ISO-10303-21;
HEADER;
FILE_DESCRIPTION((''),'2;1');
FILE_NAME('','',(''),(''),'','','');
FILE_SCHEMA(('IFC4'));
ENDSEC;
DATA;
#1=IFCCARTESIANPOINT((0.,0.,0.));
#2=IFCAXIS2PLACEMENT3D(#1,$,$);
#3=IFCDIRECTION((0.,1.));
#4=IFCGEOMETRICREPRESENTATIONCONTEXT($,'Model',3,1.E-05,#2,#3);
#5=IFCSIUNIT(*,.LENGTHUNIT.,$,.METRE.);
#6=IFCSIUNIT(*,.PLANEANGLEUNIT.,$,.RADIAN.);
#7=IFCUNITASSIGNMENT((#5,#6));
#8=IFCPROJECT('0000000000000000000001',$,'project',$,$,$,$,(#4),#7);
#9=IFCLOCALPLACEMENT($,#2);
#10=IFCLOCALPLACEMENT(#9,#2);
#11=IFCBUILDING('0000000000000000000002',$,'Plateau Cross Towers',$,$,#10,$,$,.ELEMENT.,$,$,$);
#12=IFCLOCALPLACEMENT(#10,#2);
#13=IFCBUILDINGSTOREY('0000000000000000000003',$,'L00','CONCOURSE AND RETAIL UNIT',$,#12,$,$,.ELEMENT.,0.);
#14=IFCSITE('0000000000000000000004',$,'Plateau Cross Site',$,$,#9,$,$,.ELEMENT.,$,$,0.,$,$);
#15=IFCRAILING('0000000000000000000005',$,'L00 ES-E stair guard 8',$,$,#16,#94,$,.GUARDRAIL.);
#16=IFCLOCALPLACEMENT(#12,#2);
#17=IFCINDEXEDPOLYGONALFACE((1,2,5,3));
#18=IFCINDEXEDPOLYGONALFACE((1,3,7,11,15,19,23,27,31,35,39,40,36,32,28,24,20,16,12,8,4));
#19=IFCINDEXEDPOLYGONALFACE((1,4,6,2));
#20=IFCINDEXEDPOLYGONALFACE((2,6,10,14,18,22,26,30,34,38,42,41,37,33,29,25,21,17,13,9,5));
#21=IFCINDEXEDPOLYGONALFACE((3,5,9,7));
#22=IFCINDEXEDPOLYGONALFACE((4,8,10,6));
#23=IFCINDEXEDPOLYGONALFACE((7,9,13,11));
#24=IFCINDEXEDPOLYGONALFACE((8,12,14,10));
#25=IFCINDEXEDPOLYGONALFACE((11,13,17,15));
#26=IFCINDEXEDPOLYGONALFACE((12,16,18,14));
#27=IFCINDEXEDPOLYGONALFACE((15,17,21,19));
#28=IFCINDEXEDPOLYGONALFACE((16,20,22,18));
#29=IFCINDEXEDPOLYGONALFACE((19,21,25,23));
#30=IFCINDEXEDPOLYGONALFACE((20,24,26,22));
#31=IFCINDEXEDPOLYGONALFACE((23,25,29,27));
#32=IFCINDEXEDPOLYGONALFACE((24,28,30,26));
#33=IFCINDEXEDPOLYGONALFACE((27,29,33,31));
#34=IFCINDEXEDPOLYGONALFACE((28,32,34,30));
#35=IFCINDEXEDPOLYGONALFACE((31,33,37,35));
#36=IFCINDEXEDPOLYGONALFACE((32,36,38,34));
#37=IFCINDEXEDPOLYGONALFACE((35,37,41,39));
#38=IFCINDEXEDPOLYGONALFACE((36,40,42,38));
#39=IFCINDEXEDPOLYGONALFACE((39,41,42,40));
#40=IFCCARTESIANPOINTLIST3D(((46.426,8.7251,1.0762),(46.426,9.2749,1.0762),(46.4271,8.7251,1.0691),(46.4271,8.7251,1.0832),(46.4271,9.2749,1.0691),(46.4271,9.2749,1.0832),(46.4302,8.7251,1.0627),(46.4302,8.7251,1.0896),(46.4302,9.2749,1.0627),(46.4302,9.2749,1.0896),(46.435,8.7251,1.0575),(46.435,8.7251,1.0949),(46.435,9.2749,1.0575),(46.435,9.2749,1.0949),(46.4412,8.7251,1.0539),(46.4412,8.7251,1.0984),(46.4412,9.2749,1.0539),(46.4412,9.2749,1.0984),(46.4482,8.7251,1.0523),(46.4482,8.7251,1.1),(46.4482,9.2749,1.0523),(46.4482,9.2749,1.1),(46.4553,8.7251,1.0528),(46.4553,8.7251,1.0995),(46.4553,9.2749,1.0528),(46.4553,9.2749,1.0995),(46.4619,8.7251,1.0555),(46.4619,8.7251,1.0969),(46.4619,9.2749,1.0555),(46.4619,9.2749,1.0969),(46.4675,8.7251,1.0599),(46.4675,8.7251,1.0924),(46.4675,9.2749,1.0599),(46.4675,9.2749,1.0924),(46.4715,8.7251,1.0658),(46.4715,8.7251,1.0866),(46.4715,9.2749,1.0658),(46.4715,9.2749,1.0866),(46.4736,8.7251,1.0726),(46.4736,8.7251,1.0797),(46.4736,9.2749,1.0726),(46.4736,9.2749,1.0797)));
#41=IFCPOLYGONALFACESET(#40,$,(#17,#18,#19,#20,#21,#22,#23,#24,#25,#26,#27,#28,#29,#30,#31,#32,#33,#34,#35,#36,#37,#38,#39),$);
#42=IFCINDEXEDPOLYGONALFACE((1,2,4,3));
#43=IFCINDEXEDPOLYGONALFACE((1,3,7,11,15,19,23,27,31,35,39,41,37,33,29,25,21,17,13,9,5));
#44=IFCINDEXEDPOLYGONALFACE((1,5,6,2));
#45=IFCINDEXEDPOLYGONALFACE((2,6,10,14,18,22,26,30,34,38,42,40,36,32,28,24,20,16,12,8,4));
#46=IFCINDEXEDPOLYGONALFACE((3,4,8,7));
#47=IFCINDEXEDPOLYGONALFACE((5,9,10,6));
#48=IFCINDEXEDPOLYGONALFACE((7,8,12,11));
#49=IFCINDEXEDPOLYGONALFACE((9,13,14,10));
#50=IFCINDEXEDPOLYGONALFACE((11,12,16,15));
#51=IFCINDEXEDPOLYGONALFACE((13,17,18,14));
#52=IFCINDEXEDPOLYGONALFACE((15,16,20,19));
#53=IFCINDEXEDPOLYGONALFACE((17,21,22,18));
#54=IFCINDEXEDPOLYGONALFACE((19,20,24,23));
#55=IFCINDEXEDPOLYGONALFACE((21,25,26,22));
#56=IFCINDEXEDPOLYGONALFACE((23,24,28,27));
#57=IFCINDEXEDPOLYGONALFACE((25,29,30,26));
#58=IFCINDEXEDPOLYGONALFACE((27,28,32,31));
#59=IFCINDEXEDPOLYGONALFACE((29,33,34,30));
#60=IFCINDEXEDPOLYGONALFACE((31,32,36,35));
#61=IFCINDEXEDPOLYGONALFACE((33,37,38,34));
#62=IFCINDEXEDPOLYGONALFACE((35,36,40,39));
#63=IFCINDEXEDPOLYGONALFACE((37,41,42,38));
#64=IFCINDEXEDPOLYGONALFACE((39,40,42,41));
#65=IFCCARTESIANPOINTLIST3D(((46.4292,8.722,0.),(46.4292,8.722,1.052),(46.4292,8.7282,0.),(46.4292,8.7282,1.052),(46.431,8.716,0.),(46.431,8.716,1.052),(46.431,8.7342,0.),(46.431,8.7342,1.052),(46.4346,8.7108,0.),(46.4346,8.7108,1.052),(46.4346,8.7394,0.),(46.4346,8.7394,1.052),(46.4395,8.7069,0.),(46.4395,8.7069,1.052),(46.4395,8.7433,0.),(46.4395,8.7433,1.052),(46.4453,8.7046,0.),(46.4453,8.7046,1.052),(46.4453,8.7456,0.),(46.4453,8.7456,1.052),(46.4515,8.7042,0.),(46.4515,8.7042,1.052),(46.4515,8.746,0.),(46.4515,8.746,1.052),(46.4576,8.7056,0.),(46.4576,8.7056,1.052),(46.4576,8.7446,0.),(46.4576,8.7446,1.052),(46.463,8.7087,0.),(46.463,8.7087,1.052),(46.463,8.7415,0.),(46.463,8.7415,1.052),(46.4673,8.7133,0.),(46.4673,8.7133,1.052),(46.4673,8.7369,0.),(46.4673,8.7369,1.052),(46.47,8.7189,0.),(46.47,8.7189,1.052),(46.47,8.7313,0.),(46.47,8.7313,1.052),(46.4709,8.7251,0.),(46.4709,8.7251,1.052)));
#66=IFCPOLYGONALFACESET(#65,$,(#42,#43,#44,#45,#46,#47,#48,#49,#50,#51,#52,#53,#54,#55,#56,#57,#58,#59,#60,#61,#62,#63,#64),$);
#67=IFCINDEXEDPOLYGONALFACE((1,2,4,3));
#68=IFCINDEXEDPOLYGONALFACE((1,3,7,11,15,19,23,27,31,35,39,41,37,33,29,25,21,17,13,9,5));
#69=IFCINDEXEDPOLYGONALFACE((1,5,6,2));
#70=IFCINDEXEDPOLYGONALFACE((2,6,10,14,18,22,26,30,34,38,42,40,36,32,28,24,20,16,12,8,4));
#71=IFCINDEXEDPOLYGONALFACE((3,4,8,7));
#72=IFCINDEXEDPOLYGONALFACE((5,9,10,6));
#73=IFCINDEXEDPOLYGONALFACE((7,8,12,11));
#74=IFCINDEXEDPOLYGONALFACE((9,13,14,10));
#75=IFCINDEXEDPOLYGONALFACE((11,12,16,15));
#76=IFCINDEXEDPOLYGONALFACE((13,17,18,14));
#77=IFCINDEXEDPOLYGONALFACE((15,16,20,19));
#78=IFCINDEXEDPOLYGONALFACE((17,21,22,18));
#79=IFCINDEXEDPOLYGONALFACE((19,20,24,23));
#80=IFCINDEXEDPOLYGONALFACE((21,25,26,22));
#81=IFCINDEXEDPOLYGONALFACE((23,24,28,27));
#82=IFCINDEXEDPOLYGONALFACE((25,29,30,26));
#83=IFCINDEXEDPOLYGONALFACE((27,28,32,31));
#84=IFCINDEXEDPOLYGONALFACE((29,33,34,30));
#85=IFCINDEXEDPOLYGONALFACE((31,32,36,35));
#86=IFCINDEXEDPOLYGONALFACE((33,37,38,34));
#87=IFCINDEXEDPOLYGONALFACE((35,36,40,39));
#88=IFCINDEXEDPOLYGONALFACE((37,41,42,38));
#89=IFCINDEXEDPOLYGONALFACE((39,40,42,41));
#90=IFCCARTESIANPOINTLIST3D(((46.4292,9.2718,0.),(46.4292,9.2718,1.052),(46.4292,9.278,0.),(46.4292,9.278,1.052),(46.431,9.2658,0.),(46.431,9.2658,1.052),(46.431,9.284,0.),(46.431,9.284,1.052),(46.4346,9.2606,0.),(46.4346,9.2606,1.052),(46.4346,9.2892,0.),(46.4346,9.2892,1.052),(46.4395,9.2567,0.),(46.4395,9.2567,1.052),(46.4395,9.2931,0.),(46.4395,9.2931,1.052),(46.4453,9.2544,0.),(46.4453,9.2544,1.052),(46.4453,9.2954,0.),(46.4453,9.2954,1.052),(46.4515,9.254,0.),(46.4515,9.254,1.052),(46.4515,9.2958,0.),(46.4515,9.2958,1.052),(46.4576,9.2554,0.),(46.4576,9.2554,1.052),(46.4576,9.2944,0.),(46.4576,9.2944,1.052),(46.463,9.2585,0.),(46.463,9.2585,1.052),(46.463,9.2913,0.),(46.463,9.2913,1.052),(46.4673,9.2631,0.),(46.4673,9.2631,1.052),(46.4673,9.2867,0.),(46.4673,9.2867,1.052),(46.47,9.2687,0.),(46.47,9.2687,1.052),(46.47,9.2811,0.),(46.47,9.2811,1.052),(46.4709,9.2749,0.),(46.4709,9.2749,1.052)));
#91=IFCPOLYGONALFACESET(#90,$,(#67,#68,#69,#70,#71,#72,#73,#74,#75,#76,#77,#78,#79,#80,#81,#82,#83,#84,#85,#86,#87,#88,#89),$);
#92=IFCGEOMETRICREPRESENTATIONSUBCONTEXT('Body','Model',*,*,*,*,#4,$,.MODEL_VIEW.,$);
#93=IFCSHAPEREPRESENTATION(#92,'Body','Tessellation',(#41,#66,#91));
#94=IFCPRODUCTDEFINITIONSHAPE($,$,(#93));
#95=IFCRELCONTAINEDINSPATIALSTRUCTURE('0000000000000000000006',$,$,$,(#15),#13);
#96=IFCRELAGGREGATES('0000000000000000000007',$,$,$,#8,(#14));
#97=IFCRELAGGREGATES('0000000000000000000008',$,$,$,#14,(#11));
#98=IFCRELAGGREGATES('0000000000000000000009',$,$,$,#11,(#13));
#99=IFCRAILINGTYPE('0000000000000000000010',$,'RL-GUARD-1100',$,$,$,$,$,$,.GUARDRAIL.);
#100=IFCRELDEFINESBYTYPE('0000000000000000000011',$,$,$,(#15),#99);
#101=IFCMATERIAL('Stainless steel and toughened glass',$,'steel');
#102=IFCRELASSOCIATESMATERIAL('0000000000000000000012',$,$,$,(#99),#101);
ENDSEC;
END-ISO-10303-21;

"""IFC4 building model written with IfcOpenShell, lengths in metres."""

from ifc_helpers import new_model, si_unit, direction, frame, origin, origin_2d, place, context, subcontext, project, spatial, circle, extrude, material, type_object, element, save


model = new_model("IFC4")

# Units and contexts
model_context = context("Model", 3, precision=1e-05, world=origin(), true_north=direction((0.0, 1.0)))
body_context = subcontext(model_context, "Body", "Model", "MODEL_VIEW")
ifc_project = project(units=[si_unit("LENGTHUNIT", "METRE"), si_unit("PLANEANGLEUNIT", "RADIAN")], contexts=[model_context])

# Site, building, storey
site_placement = place(None, origin())
site = spatial("IfcSite", under=ifc_project, at=site_placement, Name="Plateau Cross Site", CompositionType="ELEMENT", RefElevation=0.0)
building_placement = place(site_placement, origin())
building = spatial("IfcBuilding", under=site, at=building_placement, Name="Plateau Cross Towers", CompositionType="ELEMENT")
storey_placement = place(building_placement, origin())
storey = spatial("IfcBuildingStorey", under=building, at=storey_placement, Name="L00", Description="CONCOURSE AND RETAIL UNIT", CompositionType="ELEMENT", Elevation=0.0)

# Railing
ifc_material_1 = material(Name="Stainless steel and toughened glass", Category="steel")
railing_type_1 = type_object("IfcRailingType", Name="RL-GUARD-1100", PredefinedType="GUARDRAIL", material=ifc_material_1)
railing_1_placement = place(storey_placement, frame((46.45, 8.7251, 0.0)))
element("IfcRailing", 1, at=railing_1_placement, inside=storey, type_object=railing_type_1, Name="L00 ES-E stair guard 8", PredefinedType="GUARDRAIL", context=body_context, shape_type="SweptSolid", body=[
    extrude(circle(Radius=0.0239, at=origin_2d()), frame((0.0, 0.0, 1.0762), z_axis=(0.0, 1.0, 0.0), x_axis=(-1.0, 0.0, 0.0)), (0.0, 0.0, 1.0), 0.5498),
    extrude(circle(Radius=0.021, at=origin_2d()), origin(), (0.0, 0.0, 1.0), 1.052),
    extrude(circle(Radius=0.021, at=origin_2d()), frame((0.0, 0.5498, 0.0)), (0.0, 0.0, 1.0), 1.052),
])

save(model, "model.ifc")
